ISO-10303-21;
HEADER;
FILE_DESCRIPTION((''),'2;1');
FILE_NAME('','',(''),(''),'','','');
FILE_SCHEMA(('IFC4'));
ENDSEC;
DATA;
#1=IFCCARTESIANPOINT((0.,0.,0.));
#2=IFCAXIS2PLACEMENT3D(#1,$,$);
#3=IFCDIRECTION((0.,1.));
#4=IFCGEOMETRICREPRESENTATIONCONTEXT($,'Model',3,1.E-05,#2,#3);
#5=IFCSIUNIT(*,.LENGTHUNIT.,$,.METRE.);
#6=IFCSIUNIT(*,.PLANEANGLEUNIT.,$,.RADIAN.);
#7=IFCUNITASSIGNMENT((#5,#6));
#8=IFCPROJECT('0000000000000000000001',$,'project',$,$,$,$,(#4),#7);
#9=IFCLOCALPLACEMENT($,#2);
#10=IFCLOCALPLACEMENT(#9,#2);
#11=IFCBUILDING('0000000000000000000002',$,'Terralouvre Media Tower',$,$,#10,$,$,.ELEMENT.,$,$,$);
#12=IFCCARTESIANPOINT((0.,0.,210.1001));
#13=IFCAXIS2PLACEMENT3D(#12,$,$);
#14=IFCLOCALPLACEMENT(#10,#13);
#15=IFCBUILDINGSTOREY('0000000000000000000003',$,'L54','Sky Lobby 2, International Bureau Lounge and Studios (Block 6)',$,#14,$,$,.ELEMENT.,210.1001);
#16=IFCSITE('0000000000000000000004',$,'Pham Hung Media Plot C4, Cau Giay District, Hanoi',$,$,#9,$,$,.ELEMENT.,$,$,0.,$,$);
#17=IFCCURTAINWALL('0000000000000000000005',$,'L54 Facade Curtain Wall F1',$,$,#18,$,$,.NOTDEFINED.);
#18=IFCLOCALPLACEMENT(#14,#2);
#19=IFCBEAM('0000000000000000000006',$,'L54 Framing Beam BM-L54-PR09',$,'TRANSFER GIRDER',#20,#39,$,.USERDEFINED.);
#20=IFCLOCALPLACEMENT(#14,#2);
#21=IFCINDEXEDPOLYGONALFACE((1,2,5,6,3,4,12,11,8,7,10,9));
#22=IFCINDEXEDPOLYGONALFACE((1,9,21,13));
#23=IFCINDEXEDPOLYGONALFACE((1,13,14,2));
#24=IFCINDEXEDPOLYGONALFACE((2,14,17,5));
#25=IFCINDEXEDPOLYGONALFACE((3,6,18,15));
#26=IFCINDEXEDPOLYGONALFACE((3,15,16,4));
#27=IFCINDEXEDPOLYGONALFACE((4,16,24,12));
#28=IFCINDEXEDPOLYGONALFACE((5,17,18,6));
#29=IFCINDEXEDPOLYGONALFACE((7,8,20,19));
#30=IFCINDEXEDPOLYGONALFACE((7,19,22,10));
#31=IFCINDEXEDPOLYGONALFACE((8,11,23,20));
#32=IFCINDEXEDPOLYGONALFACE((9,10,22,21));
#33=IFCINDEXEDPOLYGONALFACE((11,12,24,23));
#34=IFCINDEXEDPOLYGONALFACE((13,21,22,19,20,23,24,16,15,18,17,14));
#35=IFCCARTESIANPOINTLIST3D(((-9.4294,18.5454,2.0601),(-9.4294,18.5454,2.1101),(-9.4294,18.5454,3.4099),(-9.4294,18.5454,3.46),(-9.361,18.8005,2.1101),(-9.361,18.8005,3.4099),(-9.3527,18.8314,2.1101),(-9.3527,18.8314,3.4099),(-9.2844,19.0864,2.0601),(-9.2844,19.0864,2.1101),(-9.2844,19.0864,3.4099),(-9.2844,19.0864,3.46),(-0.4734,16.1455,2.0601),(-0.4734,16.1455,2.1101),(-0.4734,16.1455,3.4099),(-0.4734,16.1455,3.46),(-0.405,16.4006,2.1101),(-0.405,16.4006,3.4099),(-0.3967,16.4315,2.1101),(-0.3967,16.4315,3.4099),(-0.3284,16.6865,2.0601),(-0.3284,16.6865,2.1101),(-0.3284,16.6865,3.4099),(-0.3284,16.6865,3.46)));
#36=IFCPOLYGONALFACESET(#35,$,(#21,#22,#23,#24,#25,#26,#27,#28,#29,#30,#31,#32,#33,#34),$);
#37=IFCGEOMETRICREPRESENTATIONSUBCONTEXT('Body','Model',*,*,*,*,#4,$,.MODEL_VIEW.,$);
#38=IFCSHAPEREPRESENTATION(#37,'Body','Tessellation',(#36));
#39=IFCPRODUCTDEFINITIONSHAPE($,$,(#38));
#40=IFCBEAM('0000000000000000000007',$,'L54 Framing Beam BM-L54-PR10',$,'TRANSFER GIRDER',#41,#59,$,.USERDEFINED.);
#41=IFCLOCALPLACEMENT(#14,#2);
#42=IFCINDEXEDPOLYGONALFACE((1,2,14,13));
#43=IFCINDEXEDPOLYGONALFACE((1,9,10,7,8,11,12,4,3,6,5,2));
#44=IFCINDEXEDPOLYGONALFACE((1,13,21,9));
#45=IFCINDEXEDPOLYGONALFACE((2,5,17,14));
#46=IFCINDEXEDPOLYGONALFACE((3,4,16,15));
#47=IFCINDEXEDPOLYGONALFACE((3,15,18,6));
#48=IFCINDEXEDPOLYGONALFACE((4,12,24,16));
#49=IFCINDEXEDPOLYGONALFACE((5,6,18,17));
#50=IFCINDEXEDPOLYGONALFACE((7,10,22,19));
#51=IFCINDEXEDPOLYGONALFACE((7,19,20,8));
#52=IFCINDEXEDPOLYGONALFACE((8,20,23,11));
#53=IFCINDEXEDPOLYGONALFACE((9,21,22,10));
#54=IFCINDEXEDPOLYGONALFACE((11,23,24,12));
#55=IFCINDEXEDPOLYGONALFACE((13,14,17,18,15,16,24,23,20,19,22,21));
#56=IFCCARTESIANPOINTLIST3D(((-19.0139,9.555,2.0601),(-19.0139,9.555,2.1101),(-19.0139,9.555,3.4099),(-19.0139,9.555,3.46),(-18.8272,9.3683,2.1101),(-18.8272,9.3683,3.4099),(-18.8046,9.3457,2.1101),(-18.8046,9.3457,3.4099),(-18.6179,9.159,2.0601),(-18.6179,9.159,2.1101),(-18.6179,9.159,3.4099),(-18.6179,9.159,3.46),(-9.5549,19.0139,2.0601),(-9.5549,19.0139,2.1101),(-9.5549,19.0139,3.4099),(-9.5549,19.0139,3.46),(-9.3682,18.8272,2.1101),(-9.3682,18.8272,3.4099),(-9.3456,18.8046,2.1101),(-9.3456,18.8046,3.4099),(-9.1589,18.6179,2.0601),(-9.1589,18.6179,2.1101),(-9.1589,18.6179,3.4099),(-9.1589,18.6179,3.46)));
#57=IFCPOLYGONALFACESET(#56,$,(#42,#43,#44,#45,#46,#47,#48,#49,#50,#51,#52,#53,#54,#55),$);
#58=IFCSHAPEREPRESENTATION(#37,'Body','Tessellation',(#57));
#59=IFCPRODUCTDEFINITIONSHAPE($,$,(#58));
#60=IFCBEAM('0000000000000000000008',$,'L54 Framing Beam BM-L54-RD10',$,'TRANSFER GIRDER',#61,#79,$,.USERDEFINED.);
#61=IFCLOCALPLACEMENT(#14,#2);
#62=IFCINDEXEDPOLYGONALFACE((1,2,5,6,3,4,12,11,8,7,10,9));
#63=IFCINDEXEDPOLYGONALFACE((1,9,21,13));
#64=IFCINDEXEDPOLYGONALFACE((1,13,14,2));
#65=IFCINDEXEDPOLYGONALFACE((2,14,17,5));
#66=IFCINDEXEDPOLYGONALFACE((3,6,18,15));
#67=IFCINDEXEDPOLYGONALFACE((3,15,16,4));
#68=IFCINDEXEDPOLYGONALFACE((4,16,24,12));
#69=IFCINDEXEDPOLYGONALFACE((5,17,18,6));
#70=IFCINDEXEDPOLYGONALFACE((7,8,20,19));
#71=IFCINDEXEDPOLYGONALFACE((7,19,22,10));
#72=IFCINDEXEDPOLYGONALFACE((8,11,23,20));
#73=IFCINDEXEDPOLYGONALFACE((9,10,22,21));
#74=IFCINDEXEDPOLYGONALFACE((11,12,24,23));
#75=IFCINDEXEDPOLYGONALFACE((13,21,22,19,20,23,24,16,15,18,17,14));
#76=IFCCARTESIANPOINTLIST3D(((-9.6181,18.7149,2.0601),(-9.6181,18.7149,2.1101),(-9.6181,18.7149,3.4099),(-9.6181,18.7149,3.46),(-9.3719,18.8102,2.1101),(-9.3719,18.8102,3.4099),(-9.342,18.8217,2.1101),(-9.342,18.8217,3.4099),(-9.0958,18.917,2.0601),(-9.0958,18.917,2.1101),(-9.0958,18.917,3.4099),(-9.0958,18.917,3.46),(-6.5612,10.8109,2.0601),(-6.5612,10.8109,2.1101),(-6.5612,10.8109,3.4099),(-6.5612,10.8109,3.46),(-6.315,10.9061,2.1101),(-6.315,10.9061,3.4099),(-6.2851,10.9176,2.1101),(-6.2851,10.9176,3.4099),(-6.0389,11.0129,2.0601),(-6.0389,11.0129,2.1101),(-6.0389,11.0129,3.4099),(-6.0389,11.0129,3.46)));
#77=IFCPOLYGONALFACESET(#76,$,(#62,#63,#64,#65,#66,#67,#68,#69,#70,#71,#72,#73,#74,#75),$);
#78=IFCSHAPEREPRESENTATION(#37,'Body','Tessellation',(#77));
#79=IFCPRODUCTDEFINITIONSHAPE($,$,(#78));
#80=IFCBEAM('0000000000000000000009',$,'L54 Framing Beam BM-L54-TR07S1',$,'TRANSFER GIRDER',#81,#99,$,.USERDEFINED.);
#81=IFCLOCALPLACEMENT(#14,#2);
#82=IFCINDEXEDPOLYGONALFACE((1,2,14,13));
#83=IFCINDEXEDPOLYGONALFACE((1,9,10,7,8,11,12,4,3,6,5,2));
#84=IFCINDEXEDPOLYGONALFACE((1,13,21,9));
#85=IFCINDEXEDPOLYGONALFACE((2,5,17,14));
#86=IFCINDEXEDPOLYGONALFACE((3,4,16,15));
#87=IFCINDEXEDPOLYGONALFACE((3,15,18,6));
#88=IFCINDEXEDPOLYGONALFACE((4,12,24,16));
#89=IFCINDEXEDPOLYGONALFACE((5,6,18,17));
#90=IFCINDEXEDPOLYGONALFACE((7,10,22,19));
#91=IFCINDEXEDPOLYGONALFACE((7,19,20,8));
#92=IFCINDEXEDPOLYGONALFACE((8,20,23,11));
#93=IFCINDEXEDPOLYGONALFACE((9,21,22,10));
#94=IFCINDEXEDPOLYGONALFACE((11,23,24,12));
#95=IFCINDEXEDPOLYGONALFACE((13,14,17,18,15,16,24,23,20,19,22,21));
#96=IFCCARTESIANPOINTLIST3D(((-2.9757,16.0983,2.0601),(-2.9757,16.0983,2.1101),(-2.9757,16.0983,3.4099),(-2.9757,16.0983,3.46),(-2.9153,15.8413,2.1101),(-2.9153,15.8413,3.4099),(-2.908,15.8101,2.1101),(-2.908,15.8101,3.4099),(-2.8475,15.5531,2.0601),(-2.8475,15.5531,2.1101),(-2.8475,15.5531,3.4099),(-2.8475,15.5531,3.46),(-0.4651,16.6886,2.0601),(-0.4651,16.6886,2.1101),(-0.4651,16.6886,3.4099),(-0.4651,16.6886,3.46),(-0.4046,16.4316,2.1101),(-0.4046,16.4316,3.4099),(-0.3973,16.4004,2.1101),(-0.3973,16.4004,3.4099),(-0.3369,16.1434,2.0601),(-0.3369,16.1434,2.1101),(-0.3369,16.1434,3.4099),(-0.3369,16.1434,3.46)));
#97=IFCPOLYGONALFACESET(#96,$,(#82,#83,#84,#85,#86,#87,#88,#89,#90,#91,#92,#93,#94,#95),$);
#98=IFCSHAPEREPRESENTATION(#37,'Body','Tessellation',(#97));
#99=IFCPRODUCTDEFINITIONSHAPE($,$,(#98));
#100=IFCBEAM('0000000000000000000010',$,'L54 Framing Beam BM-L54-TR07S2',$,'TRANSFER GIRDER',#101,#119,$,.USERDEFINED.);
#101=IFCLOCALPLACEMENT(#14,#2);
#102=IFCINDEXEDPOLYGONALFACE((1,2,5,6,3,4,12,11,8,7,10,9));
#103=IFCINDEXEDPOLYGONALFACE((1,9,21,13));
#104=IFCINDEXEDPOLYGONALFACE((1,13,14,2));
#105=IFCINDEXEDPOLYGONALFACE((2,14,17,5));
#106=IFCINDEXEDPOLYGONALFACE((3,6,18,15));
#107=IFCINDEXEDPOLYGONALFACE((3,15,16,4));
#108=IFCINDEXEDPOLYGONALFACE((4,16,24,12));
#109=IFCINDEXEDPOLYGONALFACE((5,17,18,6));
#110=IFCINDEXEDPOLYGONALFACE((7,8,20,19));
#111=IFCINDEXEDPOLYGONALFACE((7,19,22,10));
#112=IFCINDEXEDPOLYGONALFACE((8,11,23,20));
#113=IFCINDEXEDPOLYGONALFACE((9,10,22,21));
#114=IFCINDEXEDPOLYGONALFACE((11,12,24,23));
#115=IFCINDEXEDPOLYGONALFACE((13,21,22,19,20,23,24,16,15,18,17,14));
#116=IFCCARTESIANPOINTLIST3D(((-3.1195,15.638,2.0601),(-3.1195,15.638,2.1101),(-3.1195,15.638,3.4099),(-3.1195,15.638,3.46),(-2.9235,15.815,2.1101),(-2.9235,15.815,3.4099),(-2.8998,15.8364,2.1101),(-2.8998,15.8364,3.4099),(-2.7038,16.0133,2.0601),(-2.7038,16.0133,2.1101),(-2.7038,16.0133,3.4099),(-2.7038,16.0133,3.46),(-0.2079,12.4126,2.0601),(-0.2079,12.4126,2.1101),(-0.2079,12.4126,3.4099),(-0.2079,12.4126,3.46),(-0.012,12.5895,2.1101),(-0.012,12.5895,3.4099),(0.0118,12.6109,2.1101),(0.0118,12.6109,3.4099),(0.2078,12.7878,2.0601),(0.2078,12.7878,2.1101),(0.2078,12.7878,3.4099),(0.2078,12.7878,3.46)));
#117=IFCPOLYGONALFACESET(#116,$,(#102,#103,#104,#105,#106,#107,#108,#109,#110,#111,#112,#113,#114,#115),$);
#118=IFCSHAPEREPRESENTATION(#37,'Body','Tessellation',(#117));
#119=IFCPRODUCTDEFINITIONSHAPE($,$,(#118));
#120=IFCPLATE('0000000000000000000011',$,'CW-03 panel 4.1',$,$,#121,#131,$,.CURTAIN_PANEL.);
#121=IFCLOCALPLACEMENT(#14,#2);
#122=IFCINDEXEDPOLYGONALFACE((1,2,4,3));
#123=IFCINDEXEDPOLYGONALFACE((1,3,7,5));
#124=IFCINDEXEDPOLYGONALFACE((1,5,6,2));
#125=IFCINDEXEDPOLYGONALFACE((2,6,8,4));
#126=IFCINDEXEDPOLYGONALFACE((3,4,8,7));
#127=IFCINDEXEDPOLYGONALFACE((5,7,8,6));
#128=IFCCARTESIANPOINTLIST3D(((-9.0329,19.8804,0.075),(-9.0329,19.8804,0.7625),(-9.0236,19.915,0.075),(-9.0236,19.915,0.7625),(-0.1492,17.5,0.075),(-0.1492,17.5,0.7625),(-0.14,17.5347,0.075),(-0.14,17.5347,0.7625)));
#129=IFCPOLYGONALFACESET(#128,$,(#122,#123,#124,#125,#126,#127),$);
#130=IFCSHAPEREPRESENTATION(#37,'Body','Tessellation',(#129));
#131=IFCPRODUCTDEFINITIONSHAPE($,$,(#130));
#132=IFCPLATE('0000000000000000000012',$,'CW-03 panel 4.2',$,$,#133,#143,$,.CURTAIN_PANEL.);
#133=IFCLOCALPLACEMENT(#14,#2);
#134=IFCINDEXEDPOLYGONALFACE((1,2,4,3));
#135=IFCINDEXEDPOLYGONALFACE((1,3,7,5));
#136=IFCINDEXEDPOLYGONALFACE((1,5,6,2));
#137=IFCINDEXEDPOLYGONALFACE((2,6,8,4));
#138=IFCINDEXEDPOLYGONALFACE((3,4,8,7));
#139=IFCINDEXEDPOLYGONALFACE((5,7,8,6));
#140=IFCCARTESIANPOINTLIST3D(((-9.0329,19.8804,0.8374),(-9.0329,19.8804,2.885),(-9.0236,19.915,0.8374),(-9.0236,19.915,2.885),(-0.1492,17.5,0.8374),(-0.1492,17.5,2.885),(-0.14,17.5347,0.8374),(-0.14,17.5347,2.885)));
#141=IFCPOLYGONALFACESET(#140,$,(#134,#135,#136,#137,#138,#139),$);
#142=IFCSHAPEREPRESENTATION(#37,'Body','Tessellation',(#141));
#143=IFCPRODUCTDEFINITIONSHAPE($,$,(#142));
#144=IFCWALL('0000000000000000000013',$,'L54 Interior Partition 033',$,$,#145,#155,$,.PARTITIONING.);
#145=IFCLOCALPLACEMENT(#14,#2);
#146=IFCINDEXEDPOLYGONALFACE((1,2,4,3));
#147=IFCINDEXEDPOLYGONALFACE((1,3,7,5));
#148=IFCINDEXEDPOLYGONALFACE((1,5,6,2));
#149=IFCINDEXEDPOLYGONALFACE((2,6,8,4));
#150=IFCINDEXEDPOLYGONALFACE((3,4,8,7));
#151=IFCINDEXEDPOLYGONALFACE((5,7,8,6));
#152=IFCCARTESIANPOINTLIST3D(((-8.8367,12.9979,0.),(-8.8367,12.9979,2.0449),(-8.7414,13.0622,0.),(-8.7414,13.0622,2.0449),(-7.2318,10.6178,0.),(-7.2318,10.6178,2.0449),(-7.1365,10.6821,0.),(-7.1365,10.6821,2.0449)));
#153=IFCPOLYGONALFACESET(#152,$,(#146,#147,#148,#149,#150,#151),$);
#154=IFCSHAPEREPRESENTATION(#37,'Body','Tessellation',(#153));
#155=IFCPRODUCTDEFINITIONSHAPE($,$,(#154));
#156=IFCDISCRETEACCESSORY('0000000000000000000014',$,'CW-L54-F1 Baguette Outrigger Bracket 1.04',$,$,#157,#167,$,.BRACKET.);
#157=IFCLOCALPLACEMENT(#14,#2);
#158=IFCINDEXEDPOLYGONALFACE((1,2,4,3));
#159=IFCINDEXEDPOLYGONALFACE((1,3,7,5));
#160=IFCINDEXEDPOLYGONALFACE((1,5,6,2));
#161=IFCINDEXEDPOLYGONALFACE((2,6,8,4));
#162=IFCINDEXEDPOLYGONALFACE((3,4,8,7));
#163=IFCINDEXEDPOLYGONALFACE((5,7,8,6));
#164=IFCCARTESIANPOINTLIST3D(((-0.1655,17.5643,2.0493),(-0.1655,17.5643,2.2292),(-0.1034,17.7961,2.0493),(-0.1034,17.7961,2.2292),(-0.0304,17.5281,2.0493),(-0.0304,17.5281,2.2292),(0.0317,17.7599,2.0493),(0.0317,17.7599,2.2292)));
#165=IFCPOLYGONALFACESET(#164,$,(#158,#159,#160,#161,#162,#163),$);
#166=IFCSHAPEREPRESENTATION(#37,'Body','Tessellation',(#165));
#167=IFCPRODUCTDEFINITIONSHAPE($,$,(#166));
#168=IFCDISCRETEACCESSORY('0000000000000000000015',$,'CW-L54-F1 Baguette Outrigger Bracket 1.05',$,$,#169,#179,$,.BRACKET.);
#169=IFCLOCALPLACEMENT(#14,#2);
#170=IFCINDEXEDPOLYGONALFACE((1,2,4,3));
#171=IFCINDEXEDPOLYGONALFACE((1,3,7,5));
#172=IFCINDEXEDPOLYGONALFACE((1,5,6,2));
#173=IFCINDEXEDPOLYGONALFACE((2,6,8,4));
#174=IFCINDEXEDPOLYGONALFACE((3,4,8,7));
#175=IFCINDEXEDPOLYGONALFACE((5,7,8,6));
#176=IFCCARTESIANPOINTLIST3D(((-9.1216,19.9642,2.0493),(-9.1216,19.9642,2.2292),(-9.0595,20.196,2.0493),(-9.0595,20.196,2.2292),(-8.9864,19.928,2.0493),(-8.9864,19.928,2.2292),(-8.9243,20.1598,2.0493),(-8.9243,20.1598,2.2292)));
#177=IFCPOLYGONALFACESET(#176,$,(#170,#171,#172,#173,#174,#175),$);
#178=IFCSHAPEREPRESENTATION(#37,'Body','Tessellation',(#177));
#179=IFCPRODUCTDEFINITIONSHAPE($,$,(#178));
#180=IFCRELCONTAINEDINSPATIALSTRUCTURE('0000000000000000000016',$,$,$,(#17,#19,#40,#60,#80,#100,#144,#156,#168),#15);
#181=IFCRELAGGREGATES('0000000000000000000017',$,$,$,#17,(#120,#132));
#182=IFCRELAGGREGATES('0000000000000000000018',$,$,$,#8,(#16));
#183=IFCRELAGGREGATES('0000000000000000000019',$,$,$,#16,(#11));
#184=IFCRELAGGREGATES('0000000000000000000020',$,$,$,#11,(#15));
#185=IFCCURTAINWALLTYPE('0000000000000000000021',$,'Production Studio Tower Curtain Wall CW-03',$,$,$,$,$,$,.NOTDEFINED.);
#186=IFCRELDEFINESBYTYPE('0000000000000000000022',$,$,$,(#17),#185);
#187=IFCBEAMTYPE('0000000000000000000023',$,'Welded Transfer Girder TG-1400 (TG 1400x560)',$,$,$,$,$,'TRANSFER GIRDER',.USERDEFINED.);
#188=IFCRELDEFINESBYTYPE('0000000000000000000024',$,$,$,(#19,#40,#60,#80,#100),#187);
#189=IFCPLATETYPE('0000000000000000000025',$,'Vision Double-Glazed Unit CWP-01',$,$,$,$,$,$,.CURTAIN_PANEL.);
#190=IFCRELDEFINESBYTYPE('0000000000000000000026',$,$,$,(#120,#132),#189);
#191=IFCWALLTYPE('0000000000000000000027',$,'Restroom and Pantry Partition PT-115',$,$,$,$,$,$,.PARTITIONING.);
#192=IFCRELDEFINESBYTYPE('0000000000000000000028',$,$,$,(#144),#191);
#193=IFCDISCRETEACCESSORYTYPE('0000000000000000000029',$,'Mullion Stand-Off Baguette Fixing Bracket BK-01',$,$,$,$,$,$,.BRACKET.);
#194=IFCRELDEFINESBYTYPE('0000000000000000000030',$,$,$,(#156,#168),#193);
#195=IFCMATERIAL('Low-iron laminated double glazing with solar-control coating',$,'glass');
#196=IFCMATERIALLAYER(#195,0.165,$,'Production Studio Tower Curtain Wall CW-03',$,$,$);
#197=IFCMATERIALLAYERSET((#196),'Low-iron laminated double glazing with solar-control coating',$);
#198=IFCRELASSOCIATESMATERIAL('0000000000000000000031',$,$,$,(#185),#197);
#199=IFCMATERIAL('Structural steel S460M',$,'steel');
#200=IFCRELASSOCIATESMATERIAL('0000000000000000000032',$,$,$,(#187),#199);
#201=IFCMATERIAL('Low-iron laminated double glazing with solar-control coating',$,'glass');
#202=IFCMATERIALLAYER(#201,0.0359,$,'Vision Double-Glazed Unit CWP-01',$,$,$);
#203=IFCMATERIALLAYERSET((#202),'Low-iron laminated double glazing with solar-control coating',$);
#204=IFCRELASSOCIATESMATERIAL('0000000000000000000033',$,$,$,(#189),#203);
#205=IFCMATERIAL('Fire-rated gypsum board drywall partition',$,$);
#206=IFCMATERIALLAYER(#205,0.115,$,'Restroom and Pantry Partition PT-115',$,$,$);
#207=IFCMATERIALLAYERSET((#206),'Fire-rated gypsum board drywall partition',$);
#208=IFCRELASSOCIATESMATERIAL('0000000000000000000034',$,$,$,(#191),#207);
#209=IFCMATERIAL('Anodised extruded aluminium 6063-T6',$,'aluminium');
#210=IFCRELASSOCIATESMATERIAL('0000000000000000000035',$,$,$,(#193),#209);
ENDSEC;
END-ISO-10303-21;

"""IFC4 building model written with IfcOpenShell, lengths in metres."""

from ifc_helpers import new_model, si_unit, direction, frame, frame_2d, origin, origin_2d, place, context, subcontext, project, spatial, rectangle, i_section, extrude, material, layer, layer_set, material_profile, profile_set, type_object, element, aggregate, save


model = new_model("IFC4")

# Units and contexts
model_context = context("Model", 3, precision=1e-05, world=origin(), true_north=direction((0.0, 1.0)))
body_context = subcontext(model_context, "Body", "Model", "MODEL_VIEW")
ifc_project = project(units=[si_unit("LENGTHUNIT", "METRE"), si_unit("PLANEANGLEUNIT", "RADIAN")], contexts=[model_context])

# Site, building, storey
site_placement = place(None, origin())
site = spatial("IfcSite", under=ifc_project, at=site_placement, Name="Pham Hung Media Plot C4, Cau Giay District, Hanoi", CompositionType="ELEMENT", RefElevation=0.0)
building_placement = place(site_placement, origin())
building = spatial("IfcBuilding", under=site, at=building_placement, Name="Terralouvre Media Tower", CompositionType="ELEMENT")
storey_placement = place(building_placement, frame((0.0, 0.0, 210.1001)))
storey = spatial("IfcBuildingStorey", under=building, at=storey_placement, Name="L54", Description="Sky Lobby 2, International Bureau Lounge and Studios (Block 6)", CompositionType="ELEMENT", Elevation=210.1001)

# Curtain wall
ifc_material_1 = material(Name="Low-iron laminated double glazing with solar-control coating", Category="glass")
ifc_layer_1 = layer(ifc_material_1, 0.165, Name="Production Studio Tower Curtain Wall CW-03")
ifc_layer_set_1 = layer_set([ifc_layer_1], Name="Low-iron laminated double glazing with solar-control coating")
curtain_wall_type = type_object("IfcCurtainWallType", Name="Production Studio Tower Curtain Wall CW-03", PredefinedType="NOTDEFINED", material=ifc_layer_set_1)
curtain_wall_placement = place(storey_placement, origin())
curtain_wall = element("IfcCurtainWall", 1, at=curtain_wall_placement, inside=storey, type_object=curtain_wall_type, Name="L54 Facade Curtain Wall F1", PredefinedType="NOTDEFINED")

# Beams
ifc_material_2 = material(Name="Structural steel S460M", Category="steel")
ifc_material_profile_1 = material_profile(ifc_material_2, i_section(OverallWidth=0.5601, OverallDepth=1.3999, WebThickness=0.032, FlangeThickness=0.05, at=origin_2d()), Name="TG 1400x560")
ifc_profile_set_1 = profile_set([ifc_material_profile_1], Name="Structural steel S460M")
beam_type_1 = type_object("IfcBeamType", Name="Welded Transfer Girder TG-1400 (TG 1400x560)", ElementType="TRANSFER GIRDER", PredefinedType="USERDEFINED", material=ifc_profile_set_1)
beam_1_placement = place(storey_placement, frame((-0.4009, 16.416, 2.76), z_axis=(-0.965922, 0.258833, 0.0), x_axis=(-0.258833, -0.965922, 0.0)))
element("IfcBeam", 2, at=beam_1_placement, inside=storey, type_object=beam_type_1, Name="L54 Framing Beam BM-L54-PR09", ObjectType="TRANSFER GIRDER", PredefinedType="USERDEFINED", context=body_context, shape_type="SweptSolid", body=[
    extrude(i_section(OverallWidth=0.5601, OverallDepth=1.3999, WebThickness=0.032, FlangeThickness=0.05, at=origin_2d()), origin(), (0.0, 0.0, 1.0), 9.272),
])
beam_2_placement = place(storey_placement, frame((-9.3569, 18.8159, 2.76), z_axis=(-0.707107, -0.707107, 0.0), x_axis=(0.707107, -0.707107, 0.0)))
element("IfcBeam", 3, at=beam_2_placement, inside=storey, type_object=beam_type_1, Name="L54 Framing Beam BM-L54-PR10", ObjectType="TRANSFER GIRDER", PredefinedType="USERDEFINED", context=body_context, shape_type="SweptSolid", body=[
    extrude(i_section(OverallWidth=0.5601, OverallDepth=1.3999, WebThickness=0.032, FlangeThickness=0.05, at=origin_2d()), origin(), (0.0, 0.0, 1.0), 13.377),
])
beam_3_placement = place(storey_placement, frame((-6.3, 10.9119, 2.76), z_axis=(-0.360712, 0.932677, 0.0), x_axis=(-0.932677, -0.360712, 0.0)))
element("IfcBeam", 4, at=beam_3_placement, inside=storey, type_object=beam_type_1, Name="L54 Framing Beam BM-L54-RD10", ObjectType="TRANSFER GIRDER", PredefinedType="USERDEFINED", context=body_context, shape_type="SweptSolid", body=[
    extrude(i_section(OverallWidth=0.5601, OverallDepth=1.3999, WebThickness=0.032, FlangeThickness=0.05, at=origin_2d()), origin(), (0.0, 0.0, 1.0), 8.4746),
])
beam_4_placement = place(storey_placement, frame((-2.9116, 15.8257, 2.76), z_axis=(0.973454, 0.228881, 0.0), x_axis=(-0.228881, 0.973454, 0.0)))
element("IfcBeam", 5, at=beam_4_placement, inside=storey, type_object=beam_type_1, Name="L54 Framing Beam BM-L54-TR07S1", ObjectType="TRANSFER GIRDER", PredefinedType="USERDEFINED", context=body_context, shape_type="SweptSolid", body=[
    extrude(i_section(OverallWidth=0.5601, OverallDepth=1.3999, WebThickness=0.032, FlangeThickness=0.05, at=origin_2d()), origin(), (0.0, 0.0, 1.0), 2.5791),
])
beam_5_placement = place(storey_placement, frame((-2.9116, 15.8257, 2.76), z_axis=(0.670057, -0.74231, 0.0), x_axis=(0.74231, 0.670057, 0.0)))
element("IfcBeam", 6, at=beam_5_placement, inside=storey, type_object=beam_type_1, Name="L54 Framing Beam BM-L54-TR07S2", ObjectType="TRANSFER GIRDER", PredefinedType="USERDEFINED", context=body_context, shape_type="SweptSolid", body=[
    extrude(i_section(OverallWidth=0.5601, OverallDepth=1.3999, WebThickness=0.032, FlangeThickness=0.05, at=origin_2d()), origin(), (0.0, 0.0, 1.0), 4.3452),
])

# Plates
ifc_material_3 = material(Name="Low-iron laminated double glazing with solar-control coating", Category="glass")
ifc_layer_2 = layer(ifc_material_3, 0.0359, Name="Vision Double-Glazed Unit CWP-01")
ifc_layer_set_2 = layer_set([ifc_layer_2], Name="Low-iron laminated double glazing with solar-control coating")
plate_type = type_object("IfcPlateType", Name="Vision Double-Glazed Unit CWP-01", PredefinedType="CURTAIN_PANEL", material=ifc_layer_set_2)
plate_1_placement = place(storey_placement, frame((-4.5864, 18.7075, 0.075), z_axis=(0.0, 0.0, 1.0), x_axis=(-0.965926, 0.258819, 0.0)))
plate_1 = element("IfcPlate", 7, at=plate_1_placement, type_object=plate_type, Name="CW-03 panel 4.1", PredefinedType="CURTAIN_PANEL", context=body_context, shape_type="SweptSolid", body=[
    extrude(rectangle(XDim=9.197, YDim=0.0359, at=origin_2d()), origin(), (0.0, 0.0, 1.0), 0.6875),
])
plate_2_placement = place(storey_placement, frame((-4.5864, 18.7075, 0.8374), z_axis=(0.0, 0.0, 1.0), x_axis=(-0.965926, 0.258819, 0.0)))
plate_2 = element("IfcPlate", 8, at=plate_2_placement, type_object=plate_type, Name="CW-03 panel 4.2", PredefinedType="CURTAIN_PANEL", context=body_context, shape_type="SweptSolid", body=[
    extrude(rectangle(XDim=9.197, YDim=0.0359, at=origin_2d()), origin(), (0.0, 0.0, 1.0), 2.0476),
])
aggregate(curtain_wall, [plate_1, plate_2])

# Wall
ifc_material_4 = material(Name="Fire-rated gypsum board drywall partition")
ifc_layer_3 = layer(ifc_material_4, 0.115, Name="Restroom and Pantry Partition PT-115")
ifc_layer_set_3 = layer_set([ifc_layer_3], Name="Fire-rated gypsum board drywall partition")
wall_type = type_object("IfcWallType", Name="Restroom and Pantry Partition PT-115", PredefinedType="PARTITIONING", material=ifc_layer_set_3)
wall_placement = place(storey_placement, frame((-8.7891, 13.03, 0.0), z_axis=(0.0, 0.0, 1.0), x_axis=(0.559089, -0.829108, 0.0)))
element("IfcWall", 9, at=wall_placement, inside=storey, type_object=wall_type, Name="L54 Interior Partition 033", PredefinedType="PARTITIONING", context=body_context, shape_type="SweptSolid", body=[
    extrude(rectangle(XDim=2.8706, YDim=0.115, at=frame_2d((1.4353, 0.0))), origin(), (0.0, 0.0, 1.0), 2.0449),
])

# Discrete accessories
ifc_material_5 = material(Name="Anodised extruded aluminium 6063-T6", Category="aluminium")
discrete_accessory_type = type_object("IfcDiscreteAccessoryType", Name="Mullion Stand-Off Baguette Fixing Bracket BK-01", PredefinedType="BRACKET", material=ifc_material_5)
for number, where, z_axis, x_axis, name in (
    (10, (-0.0669, 17.6621, 2.0493), (0.0, 0.0, 1.0), (-0.965926, 0.258819, 0.0), "CW-L54-F1 Baguette Outrigger Bracket 1.04"),
    (11, (-9.0229, 20.062, 2.0493), (0.0, 0.0, 1.0), (-0.965926, 0.258819, 0.0), "CW-L54-F1 Baguette Outrigger Bracket 1.05"),
):
    element("IfcDiscreteAccessory", number, at=place(storey_placement, frame(where, z_axis=z_axis, x_axis=x_axis)), inside=storey, type_object=discrete_accessory_type, Name=name, PredefinedType="BRACKET", context=body_context, shape_type="SweptSolid", body=[
        extrude(rectangle(XDim=0.1399, YDim=0.24, at=origin_2d()), origin(), (0.0, 0.0, 1.0), 0.1799),
    ])

save(model, "model.ifc")
